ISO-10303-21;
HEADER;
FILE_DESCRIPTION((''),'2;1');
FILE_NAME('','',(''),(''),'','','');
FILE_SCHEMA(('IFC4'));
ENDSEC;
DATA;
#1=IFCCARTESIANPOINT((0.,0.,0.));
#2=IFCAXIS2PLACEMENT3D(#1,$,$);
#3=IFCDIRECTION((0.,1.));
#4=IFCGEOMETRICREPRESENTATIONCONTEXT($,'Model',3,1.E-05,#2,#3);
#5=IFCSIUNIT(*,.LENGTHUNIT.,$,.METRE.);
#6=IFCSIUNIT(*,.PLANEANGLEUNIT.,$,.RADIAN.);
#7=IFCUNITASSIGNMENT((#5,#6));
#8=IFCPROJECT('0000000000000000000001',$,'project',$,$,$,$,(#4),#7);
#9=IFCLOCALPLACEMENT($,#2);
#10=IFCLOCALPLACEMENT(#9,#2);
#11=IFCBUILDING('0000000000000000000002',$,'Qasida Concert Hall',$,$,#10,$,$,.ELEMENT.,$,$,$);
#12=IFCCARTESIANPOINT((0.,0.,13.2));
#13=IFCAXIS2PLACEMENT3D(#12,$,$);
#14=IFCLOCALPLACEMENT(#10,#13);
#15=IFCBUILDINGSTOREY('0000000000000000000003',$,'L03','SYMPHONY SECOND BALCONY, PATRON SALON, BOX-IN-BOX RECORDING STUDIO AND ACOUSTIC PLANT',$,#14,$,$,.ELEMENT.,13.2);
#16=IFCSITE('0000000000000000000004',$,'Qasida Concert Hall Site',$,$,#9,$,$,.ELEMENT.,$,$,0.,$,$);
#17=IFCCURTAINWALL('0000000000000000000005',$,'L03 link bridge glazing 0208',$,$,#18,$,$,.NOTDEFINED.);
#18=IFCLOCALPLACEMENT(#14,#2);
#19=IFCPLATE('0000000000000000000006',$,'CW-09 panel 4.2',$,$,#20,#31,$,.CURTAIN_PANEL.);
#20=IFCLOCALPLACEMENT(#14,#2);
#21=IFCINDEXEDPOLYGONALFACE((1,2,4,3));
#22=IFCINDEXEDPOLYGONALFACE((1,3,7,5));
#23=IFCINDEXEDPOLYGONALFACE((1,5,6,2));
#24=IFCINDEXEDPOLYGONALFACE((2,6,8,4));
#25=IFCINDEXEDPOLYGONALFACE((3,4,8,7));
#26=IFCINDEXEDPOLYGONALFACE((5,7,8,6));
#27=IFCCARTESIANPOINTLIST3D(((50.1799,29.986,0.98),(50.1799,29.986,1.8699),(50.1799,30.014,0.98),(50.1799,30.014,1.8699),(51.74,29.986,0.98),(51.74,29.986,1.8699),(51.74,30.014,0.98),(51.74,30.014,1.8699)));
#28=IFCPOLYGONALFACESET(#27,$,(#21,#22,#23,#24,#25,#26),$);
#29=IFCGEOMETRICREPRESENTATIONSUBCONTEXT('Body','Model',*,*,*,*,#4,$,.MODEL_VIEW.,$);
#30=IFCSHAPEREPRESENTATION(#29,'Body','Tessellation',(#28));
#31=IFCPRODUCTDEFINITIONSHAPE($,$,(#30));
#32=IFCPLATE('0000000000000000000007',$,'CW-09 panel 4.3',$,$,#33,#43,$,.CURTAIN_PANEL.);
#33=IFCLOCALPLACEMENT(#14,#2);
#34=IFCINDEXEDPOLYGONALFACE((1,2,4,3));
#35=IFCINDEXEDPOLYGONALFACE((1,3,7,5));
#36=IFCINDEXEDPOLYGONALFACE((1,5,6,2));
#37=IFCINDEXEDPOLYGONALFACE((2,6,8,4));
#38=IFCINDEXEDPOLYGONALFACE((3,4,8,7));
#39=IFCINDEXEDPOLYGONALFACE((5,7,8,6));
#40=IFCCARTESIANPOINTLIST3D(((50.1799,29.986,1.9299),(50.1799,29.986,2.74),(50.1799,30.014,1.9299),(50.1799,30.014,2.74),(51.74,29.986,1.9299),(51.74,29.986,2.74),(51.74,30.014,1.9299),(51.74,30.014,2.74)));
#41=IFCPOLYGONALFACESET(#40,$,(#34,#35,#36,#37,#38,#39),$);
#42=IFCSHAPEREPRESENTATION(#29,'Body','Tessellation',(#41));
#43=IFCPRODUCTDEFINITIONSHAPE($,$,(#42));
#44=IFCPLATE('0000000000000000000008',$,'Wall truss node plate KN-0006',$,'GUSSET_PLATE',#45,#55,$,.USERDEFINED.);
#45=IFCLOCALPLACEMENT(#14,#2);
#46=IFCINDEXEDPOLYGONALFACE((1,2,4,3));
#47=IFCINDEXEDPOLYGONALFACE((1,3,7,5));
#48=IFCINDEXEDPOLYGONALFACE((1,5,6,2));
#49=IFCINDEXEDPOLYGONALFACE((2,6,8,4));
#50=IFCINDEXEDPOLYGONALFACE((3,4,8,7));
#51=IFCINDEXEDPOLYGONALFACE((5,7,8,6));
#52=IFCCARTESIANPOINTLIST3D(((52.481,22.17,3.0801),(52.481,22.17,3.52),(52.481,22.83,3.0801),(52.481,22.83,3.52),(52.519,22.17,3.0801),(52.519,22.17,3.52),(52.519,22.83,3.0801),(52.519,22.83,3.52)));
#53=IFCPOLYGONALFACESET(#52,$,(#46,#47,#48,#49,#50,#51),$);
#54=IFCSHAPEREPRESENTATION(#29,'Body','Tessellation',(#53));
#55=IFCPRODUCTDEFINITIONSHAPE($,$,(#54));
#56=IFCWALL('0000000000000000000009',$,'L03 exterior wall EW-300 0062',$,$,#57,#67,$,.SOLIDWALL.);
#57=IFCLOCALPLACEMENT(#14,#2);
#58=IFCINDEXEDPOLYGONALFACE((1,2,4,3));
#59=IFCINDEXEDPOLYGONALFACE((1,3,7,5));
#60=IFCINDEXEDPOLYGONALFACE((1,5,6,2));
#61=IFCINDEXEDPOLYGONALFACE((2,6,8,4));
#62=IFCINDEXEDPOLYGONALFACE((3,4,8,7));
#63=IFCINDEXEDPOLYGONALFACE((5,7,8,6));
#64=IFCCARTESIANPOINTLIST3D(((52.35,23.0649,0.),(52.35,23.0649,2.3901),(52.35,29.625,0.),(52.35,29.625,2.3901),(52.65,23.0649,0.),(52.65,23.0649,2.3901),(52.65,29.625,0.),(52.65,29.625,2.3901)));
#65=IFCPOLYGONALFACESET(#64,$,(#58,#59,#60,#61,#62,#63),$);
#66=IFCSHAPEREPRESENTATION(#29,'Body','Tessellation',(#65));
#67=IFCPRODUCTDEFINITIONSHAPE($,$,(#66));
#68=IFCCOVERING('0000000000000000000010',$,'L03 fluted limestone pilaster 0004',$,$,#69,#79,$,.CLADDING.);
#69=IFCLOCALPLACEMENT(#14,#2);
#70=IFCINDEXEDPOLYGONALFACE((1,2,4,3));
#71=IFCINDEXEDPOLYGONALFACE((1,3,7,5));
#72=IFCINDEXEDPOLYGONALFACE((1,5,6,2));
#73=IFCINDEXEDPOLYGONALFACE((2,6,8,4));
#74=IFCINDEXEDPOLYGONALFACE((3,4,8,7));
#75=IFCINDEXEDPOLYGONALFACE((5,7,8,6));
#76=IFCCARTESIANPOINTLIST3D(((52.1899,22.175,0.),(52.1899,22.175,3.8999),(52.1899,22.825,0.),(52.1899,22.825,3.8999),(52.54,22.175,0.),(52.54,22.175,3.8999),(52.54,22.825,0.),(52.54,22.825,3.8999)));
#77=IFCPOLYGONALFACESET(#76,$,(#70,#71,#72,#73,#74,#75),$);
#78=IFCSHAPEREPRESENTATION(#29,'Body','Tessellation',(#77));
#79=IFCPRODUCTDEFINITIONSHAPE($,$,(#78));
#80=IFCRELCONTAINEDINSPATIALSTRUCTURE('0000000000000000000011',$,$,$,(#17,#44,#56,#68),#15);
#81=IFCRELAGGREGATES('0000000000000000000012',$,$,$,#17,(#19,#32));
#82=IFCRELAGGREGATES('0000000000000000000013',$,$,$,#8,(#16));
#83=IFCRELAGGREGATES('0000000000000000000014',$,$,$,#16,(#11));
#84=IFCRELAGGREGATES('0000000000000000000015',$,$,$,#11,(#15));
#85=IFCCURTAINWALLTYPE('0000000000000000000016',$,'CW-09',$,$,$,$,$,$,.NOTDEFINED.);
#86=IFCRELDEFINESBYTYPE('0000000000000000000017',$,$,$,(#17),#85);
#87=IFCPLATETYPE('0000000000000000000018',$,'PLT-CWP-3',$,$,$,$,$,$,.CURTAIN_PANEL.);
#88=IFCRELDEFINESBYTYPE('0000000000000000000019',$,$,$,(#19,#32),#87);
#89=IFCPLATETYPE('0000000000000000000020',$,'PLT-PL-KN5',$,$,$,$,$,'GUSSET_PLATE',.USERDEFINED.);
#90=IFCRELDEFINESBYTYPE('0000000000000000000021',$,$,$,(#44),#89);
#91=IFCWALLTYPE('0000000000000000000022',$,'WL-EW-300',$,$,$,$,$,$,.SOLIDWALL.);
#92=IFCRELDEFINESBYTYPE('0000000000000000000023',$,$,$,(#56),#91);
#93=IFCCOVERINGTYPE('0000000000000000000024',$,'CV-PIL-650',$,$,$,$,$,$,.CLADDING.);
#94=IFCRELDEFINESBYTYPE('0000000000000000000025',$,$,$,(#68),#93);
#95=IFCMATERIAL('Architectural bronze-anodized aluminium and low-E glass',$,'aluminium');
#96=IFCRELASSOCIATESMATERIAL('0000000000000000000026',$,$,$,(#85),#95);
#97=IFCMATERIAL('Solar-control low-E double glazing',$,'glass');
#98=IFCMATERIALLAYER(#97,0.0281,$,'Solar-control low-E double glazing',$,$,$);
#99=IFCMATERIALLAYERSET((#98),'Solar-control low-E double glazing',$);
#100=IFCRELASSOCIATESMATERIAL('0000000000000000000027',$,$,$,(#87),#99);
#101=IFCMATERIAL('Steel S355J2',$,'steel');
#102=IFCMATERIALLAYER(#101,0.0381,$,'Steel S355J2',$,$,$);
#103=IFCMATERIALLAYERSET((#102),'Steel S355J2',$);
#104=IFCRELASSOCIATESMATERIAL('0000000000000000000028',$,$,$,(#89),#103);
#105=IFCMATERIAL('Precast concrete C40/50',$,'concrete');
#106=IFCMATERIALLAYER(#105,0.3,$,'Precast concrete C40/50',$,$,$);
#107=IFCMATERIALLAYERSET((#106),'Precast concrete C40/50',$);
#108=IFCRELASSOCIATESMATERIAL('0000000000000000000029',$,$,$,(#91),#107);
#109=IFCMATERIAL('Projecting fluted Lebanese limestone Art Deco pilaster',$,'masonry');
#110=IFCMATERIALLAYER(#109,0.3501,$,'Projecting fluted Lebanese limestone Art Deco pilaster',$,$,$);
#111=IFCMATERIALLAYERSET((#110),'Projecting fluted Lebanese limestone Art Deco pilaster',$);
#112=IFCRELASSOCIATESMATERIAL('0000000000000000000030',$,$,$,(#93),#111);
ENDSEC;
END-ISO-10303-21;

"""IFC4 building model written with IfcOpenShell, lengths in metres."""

from ifc_helpers import new_model, si_unit, direction, frame, frame_2d, origin, origin_2d, place, context, subcontext, project, spatial, rectangle, extrude, material, layer, layer_set, type_object, element, aggregate, save


model = new_model("IFC4")

# Units and contexts
model_context = context("Model", 3, precision=1e-05, world=origin(), true_north=direction((0.0, 1.0)))
body_context = subcontext(model_context, "Body", "Model", "MODEL_VIEW")
ifc_project = project(units=[si_unit("LENGTHUNIT", "METRE"), si_unit("PLANEANGLEUNIT", "RADIAN")], contexts=[model_context])

# Site, building, storey
site_placement = place(None, origin())
site = spatial("IfcSite", under=ifc_project, at=site_placement, Name="Qasida Concert Hall Site", CompositionType="ELEMENT", RefElevation=0.0)
building_placement = place(site_placement, origin())
building = spatial("IfcBuilding", under=site, at=building_placement, Name="Qasida Concert Hall", CompositionType="ELEMENT")
storey_placement = place(building_placement, frame((0.0, 0.0, 13.2)))
storey = spatial("IfcBuildingStorey", under=building, at=storey_placement, Name="L03", Description="SYMPHONY SECOND BALCONY, PATRON SALON, BOX-IN-BOX RECORDING STUDIO AND ACOUSTIC PLANT", CompositionType="ELEMENT", Elevation=13.2)

# Shared definitions
ifc_material_1 = material(Name="Steel S355J2", Category="steel")

# Curtain wall
ifc_material_2 = material(Name="Architectural bronze-anodized aluminium and low-E glass", Category="aluminium")
curtain_wall_type_1 = type_object("IfcCurtainWallType", Name="CW-09", PredefinedType="NOTDEFINED", material=ifc_material_2)
curtain_wall_1_placement = place(storey_placement, origin())
curtain_wall_1 = element("IfcCurtainWall", 1, at=curtain_wall_1_placement, inside=storey, type_object=curtain_wall_type_1, Name="L03 link bridge glazing 0208", PredefinedType="NOTDEFINED")

# Plates
ifc_material_3 = material(Name="Solar-control low-E double glazing", Category="glass")
ifc_layer_1 = layer(ifc_material_3, 0.0281, Name="Solar-control low-E double glazing")
ifc_layer_set_1 = layer_set([ifc_layer_1], Name="Solar-control low-E double glazing")
plate_type_1 = type_object("IfcPlateType", Name="PLT-CWP-3", PredefinedType="CURTAIN_PANEL", material=ifc_layer_set_1)
plate_1_placement = place(storey_placement, frame((50.96, 30.0, 0.98), z_axis=(0.0, 0.0, 1.0), x_axis=(1.0, 0.0, 0.0)))
plate_1 = element("IfcPlate", 2, at=plate_1_placement, type_object=plate_type_1, Name="CW-09 panel 4.2", PredefinedType="CURTAIN_PANEL", context=body_context, shape_type="SweptSolid", body=[
    extrude(rectangle(XDim=1.5601, YDim=0.0281, at=origin_2d()), origin(), (0.0, 0.0, 1.0), 0.8899),
])
plate_2_placement = place(storey_placement, frame((50.96, 30.0, 1.9299), z_axis=(0.0, 0.0, 1.0), x_axis=(1.0, 0.0, 0.0)))
plate_2 = element("IfcPlate", 3, at=plate_2_placement, type_object=plate_type_1, Name="CW-09 panel 4.3", PredefinedType="CURTAIN_PANEL", context=body_context, shape_type="SweptSolid", body=[
    extrude(rectangle(XDim=1.5601, YDim=0.0281, at=origin_2d()), origin(), (0.0, 0.0, 1.0), 0.8101),
])
aggregate(curtain_wall_1, [plate_1, plate_2])
ifc_layer_2 = layer(ifc_material_1, 0.0381, Name="Steel S355J2")
ifc_layer_set_2 = layer_set([ifc_layer_2], Name="Steel S355J2")
plate_type_2 = type_object("IfcPlateType", Name="PLT-PL-KN5", ElementType="GUSSET_PLATE", PredefinedType="USERDEFINED", material=ifc_layer_set_2)
plate_3_placement = place(storey_placement, frame((52.5, 22.5, 3.0801), z_axis=(0.0, 0.0, 1.0), x_axis=(1.0, 0.0, 0.0)))
element("IfcPlate", 4, at=plate_3_placement, inside=storey, type_object=plate_type_2, Name="Wall truss node plate KN-0006", ObjectType="GUSSET_PLATE", PredefinedType="USERDEFINED", context=body_context, shape_type="SweptSolid", body=[
    extrude(rectangle(XDim=0.0381, YDim=0.6599, at=origin_2d()), origin(), (0.0, 0.0, 1.0), 0.4399),
])

# Wall
ifc_material_4 = material(Name="Precast concrete C40/50", Category="concrete")
ifc_layer_3 = layer(ifc_material_4, 0.3, Name="Precast concrete C40/50")
ifc_layer_set_3 = layer_set([ifc_layer_3], Name="Precast concrete C40/50")
wall_type_1 = type_object("IfcWallType", Name="WL-EW-300", PredefinedType="SOLIDWALL", material=ifc_layer_set_3)
wall_1_placement = place(storey_placement, frame((52.5, 23.0649, 0.0), z_axis=(0.0, 0.0, 1.0), x_axis=(0.0, 1.0, 0.0)))
element("IfcWall", 5, at=wall_1_placement, inside=storey, type_object=wall_type_1, Name="L03 exterior wall EW-300 0062", PredefinedType="SOLIDWALL", context=body_context, shape_type="SweptSolid", body=[
    extrude(rectangle(XDim=6.5601, YDim=0.3, at=frame_2d((3.28, 0.0))), origin(), (0.0, 0.0, 1.0), 2.3901),
])

# Covering
ifc_material_5 = material(Name="Projecting fluted Lebanese limestone Art Deco pilaster", Category="masonry")
ifc_layer_4 = layer(ifc_material_5, 0.3501, Name="Projecting fluted Lebanese limestone Art Deco pilaster")
ifc_layer_set_4 = layer_set([ifc_layer_4], Name="Projecting fluted Lebanese limestone Art Deco pilaster")
covering_type = type_object("IfcCoveringType", Name="CV-PIL-650", PredefinedType="CLADDING", material=ifc_layer_set_4)
covering_placement = place(storey_placement, frame((52.365, 22.5, 0.0), z_axis=(0.0, 0.0, 1.0), x_axis=(1.0, 0.0, 0.0)))
element("IfcCovering", 6, at=covering_placement, inside=storey, type_object=covering_type, Name="L03 fluted limestone pilaster 0004", PredefinedType="CLADDING", context=body_context, shape_type="SweptSolid", body=[
    extrude(rectangle(XDim=0.3501, YDim=0.6499, at=origin_2d()), origin(), (0.0, 0.0, 1.0), 3.8999),
])

save(model, "model.ifc")
